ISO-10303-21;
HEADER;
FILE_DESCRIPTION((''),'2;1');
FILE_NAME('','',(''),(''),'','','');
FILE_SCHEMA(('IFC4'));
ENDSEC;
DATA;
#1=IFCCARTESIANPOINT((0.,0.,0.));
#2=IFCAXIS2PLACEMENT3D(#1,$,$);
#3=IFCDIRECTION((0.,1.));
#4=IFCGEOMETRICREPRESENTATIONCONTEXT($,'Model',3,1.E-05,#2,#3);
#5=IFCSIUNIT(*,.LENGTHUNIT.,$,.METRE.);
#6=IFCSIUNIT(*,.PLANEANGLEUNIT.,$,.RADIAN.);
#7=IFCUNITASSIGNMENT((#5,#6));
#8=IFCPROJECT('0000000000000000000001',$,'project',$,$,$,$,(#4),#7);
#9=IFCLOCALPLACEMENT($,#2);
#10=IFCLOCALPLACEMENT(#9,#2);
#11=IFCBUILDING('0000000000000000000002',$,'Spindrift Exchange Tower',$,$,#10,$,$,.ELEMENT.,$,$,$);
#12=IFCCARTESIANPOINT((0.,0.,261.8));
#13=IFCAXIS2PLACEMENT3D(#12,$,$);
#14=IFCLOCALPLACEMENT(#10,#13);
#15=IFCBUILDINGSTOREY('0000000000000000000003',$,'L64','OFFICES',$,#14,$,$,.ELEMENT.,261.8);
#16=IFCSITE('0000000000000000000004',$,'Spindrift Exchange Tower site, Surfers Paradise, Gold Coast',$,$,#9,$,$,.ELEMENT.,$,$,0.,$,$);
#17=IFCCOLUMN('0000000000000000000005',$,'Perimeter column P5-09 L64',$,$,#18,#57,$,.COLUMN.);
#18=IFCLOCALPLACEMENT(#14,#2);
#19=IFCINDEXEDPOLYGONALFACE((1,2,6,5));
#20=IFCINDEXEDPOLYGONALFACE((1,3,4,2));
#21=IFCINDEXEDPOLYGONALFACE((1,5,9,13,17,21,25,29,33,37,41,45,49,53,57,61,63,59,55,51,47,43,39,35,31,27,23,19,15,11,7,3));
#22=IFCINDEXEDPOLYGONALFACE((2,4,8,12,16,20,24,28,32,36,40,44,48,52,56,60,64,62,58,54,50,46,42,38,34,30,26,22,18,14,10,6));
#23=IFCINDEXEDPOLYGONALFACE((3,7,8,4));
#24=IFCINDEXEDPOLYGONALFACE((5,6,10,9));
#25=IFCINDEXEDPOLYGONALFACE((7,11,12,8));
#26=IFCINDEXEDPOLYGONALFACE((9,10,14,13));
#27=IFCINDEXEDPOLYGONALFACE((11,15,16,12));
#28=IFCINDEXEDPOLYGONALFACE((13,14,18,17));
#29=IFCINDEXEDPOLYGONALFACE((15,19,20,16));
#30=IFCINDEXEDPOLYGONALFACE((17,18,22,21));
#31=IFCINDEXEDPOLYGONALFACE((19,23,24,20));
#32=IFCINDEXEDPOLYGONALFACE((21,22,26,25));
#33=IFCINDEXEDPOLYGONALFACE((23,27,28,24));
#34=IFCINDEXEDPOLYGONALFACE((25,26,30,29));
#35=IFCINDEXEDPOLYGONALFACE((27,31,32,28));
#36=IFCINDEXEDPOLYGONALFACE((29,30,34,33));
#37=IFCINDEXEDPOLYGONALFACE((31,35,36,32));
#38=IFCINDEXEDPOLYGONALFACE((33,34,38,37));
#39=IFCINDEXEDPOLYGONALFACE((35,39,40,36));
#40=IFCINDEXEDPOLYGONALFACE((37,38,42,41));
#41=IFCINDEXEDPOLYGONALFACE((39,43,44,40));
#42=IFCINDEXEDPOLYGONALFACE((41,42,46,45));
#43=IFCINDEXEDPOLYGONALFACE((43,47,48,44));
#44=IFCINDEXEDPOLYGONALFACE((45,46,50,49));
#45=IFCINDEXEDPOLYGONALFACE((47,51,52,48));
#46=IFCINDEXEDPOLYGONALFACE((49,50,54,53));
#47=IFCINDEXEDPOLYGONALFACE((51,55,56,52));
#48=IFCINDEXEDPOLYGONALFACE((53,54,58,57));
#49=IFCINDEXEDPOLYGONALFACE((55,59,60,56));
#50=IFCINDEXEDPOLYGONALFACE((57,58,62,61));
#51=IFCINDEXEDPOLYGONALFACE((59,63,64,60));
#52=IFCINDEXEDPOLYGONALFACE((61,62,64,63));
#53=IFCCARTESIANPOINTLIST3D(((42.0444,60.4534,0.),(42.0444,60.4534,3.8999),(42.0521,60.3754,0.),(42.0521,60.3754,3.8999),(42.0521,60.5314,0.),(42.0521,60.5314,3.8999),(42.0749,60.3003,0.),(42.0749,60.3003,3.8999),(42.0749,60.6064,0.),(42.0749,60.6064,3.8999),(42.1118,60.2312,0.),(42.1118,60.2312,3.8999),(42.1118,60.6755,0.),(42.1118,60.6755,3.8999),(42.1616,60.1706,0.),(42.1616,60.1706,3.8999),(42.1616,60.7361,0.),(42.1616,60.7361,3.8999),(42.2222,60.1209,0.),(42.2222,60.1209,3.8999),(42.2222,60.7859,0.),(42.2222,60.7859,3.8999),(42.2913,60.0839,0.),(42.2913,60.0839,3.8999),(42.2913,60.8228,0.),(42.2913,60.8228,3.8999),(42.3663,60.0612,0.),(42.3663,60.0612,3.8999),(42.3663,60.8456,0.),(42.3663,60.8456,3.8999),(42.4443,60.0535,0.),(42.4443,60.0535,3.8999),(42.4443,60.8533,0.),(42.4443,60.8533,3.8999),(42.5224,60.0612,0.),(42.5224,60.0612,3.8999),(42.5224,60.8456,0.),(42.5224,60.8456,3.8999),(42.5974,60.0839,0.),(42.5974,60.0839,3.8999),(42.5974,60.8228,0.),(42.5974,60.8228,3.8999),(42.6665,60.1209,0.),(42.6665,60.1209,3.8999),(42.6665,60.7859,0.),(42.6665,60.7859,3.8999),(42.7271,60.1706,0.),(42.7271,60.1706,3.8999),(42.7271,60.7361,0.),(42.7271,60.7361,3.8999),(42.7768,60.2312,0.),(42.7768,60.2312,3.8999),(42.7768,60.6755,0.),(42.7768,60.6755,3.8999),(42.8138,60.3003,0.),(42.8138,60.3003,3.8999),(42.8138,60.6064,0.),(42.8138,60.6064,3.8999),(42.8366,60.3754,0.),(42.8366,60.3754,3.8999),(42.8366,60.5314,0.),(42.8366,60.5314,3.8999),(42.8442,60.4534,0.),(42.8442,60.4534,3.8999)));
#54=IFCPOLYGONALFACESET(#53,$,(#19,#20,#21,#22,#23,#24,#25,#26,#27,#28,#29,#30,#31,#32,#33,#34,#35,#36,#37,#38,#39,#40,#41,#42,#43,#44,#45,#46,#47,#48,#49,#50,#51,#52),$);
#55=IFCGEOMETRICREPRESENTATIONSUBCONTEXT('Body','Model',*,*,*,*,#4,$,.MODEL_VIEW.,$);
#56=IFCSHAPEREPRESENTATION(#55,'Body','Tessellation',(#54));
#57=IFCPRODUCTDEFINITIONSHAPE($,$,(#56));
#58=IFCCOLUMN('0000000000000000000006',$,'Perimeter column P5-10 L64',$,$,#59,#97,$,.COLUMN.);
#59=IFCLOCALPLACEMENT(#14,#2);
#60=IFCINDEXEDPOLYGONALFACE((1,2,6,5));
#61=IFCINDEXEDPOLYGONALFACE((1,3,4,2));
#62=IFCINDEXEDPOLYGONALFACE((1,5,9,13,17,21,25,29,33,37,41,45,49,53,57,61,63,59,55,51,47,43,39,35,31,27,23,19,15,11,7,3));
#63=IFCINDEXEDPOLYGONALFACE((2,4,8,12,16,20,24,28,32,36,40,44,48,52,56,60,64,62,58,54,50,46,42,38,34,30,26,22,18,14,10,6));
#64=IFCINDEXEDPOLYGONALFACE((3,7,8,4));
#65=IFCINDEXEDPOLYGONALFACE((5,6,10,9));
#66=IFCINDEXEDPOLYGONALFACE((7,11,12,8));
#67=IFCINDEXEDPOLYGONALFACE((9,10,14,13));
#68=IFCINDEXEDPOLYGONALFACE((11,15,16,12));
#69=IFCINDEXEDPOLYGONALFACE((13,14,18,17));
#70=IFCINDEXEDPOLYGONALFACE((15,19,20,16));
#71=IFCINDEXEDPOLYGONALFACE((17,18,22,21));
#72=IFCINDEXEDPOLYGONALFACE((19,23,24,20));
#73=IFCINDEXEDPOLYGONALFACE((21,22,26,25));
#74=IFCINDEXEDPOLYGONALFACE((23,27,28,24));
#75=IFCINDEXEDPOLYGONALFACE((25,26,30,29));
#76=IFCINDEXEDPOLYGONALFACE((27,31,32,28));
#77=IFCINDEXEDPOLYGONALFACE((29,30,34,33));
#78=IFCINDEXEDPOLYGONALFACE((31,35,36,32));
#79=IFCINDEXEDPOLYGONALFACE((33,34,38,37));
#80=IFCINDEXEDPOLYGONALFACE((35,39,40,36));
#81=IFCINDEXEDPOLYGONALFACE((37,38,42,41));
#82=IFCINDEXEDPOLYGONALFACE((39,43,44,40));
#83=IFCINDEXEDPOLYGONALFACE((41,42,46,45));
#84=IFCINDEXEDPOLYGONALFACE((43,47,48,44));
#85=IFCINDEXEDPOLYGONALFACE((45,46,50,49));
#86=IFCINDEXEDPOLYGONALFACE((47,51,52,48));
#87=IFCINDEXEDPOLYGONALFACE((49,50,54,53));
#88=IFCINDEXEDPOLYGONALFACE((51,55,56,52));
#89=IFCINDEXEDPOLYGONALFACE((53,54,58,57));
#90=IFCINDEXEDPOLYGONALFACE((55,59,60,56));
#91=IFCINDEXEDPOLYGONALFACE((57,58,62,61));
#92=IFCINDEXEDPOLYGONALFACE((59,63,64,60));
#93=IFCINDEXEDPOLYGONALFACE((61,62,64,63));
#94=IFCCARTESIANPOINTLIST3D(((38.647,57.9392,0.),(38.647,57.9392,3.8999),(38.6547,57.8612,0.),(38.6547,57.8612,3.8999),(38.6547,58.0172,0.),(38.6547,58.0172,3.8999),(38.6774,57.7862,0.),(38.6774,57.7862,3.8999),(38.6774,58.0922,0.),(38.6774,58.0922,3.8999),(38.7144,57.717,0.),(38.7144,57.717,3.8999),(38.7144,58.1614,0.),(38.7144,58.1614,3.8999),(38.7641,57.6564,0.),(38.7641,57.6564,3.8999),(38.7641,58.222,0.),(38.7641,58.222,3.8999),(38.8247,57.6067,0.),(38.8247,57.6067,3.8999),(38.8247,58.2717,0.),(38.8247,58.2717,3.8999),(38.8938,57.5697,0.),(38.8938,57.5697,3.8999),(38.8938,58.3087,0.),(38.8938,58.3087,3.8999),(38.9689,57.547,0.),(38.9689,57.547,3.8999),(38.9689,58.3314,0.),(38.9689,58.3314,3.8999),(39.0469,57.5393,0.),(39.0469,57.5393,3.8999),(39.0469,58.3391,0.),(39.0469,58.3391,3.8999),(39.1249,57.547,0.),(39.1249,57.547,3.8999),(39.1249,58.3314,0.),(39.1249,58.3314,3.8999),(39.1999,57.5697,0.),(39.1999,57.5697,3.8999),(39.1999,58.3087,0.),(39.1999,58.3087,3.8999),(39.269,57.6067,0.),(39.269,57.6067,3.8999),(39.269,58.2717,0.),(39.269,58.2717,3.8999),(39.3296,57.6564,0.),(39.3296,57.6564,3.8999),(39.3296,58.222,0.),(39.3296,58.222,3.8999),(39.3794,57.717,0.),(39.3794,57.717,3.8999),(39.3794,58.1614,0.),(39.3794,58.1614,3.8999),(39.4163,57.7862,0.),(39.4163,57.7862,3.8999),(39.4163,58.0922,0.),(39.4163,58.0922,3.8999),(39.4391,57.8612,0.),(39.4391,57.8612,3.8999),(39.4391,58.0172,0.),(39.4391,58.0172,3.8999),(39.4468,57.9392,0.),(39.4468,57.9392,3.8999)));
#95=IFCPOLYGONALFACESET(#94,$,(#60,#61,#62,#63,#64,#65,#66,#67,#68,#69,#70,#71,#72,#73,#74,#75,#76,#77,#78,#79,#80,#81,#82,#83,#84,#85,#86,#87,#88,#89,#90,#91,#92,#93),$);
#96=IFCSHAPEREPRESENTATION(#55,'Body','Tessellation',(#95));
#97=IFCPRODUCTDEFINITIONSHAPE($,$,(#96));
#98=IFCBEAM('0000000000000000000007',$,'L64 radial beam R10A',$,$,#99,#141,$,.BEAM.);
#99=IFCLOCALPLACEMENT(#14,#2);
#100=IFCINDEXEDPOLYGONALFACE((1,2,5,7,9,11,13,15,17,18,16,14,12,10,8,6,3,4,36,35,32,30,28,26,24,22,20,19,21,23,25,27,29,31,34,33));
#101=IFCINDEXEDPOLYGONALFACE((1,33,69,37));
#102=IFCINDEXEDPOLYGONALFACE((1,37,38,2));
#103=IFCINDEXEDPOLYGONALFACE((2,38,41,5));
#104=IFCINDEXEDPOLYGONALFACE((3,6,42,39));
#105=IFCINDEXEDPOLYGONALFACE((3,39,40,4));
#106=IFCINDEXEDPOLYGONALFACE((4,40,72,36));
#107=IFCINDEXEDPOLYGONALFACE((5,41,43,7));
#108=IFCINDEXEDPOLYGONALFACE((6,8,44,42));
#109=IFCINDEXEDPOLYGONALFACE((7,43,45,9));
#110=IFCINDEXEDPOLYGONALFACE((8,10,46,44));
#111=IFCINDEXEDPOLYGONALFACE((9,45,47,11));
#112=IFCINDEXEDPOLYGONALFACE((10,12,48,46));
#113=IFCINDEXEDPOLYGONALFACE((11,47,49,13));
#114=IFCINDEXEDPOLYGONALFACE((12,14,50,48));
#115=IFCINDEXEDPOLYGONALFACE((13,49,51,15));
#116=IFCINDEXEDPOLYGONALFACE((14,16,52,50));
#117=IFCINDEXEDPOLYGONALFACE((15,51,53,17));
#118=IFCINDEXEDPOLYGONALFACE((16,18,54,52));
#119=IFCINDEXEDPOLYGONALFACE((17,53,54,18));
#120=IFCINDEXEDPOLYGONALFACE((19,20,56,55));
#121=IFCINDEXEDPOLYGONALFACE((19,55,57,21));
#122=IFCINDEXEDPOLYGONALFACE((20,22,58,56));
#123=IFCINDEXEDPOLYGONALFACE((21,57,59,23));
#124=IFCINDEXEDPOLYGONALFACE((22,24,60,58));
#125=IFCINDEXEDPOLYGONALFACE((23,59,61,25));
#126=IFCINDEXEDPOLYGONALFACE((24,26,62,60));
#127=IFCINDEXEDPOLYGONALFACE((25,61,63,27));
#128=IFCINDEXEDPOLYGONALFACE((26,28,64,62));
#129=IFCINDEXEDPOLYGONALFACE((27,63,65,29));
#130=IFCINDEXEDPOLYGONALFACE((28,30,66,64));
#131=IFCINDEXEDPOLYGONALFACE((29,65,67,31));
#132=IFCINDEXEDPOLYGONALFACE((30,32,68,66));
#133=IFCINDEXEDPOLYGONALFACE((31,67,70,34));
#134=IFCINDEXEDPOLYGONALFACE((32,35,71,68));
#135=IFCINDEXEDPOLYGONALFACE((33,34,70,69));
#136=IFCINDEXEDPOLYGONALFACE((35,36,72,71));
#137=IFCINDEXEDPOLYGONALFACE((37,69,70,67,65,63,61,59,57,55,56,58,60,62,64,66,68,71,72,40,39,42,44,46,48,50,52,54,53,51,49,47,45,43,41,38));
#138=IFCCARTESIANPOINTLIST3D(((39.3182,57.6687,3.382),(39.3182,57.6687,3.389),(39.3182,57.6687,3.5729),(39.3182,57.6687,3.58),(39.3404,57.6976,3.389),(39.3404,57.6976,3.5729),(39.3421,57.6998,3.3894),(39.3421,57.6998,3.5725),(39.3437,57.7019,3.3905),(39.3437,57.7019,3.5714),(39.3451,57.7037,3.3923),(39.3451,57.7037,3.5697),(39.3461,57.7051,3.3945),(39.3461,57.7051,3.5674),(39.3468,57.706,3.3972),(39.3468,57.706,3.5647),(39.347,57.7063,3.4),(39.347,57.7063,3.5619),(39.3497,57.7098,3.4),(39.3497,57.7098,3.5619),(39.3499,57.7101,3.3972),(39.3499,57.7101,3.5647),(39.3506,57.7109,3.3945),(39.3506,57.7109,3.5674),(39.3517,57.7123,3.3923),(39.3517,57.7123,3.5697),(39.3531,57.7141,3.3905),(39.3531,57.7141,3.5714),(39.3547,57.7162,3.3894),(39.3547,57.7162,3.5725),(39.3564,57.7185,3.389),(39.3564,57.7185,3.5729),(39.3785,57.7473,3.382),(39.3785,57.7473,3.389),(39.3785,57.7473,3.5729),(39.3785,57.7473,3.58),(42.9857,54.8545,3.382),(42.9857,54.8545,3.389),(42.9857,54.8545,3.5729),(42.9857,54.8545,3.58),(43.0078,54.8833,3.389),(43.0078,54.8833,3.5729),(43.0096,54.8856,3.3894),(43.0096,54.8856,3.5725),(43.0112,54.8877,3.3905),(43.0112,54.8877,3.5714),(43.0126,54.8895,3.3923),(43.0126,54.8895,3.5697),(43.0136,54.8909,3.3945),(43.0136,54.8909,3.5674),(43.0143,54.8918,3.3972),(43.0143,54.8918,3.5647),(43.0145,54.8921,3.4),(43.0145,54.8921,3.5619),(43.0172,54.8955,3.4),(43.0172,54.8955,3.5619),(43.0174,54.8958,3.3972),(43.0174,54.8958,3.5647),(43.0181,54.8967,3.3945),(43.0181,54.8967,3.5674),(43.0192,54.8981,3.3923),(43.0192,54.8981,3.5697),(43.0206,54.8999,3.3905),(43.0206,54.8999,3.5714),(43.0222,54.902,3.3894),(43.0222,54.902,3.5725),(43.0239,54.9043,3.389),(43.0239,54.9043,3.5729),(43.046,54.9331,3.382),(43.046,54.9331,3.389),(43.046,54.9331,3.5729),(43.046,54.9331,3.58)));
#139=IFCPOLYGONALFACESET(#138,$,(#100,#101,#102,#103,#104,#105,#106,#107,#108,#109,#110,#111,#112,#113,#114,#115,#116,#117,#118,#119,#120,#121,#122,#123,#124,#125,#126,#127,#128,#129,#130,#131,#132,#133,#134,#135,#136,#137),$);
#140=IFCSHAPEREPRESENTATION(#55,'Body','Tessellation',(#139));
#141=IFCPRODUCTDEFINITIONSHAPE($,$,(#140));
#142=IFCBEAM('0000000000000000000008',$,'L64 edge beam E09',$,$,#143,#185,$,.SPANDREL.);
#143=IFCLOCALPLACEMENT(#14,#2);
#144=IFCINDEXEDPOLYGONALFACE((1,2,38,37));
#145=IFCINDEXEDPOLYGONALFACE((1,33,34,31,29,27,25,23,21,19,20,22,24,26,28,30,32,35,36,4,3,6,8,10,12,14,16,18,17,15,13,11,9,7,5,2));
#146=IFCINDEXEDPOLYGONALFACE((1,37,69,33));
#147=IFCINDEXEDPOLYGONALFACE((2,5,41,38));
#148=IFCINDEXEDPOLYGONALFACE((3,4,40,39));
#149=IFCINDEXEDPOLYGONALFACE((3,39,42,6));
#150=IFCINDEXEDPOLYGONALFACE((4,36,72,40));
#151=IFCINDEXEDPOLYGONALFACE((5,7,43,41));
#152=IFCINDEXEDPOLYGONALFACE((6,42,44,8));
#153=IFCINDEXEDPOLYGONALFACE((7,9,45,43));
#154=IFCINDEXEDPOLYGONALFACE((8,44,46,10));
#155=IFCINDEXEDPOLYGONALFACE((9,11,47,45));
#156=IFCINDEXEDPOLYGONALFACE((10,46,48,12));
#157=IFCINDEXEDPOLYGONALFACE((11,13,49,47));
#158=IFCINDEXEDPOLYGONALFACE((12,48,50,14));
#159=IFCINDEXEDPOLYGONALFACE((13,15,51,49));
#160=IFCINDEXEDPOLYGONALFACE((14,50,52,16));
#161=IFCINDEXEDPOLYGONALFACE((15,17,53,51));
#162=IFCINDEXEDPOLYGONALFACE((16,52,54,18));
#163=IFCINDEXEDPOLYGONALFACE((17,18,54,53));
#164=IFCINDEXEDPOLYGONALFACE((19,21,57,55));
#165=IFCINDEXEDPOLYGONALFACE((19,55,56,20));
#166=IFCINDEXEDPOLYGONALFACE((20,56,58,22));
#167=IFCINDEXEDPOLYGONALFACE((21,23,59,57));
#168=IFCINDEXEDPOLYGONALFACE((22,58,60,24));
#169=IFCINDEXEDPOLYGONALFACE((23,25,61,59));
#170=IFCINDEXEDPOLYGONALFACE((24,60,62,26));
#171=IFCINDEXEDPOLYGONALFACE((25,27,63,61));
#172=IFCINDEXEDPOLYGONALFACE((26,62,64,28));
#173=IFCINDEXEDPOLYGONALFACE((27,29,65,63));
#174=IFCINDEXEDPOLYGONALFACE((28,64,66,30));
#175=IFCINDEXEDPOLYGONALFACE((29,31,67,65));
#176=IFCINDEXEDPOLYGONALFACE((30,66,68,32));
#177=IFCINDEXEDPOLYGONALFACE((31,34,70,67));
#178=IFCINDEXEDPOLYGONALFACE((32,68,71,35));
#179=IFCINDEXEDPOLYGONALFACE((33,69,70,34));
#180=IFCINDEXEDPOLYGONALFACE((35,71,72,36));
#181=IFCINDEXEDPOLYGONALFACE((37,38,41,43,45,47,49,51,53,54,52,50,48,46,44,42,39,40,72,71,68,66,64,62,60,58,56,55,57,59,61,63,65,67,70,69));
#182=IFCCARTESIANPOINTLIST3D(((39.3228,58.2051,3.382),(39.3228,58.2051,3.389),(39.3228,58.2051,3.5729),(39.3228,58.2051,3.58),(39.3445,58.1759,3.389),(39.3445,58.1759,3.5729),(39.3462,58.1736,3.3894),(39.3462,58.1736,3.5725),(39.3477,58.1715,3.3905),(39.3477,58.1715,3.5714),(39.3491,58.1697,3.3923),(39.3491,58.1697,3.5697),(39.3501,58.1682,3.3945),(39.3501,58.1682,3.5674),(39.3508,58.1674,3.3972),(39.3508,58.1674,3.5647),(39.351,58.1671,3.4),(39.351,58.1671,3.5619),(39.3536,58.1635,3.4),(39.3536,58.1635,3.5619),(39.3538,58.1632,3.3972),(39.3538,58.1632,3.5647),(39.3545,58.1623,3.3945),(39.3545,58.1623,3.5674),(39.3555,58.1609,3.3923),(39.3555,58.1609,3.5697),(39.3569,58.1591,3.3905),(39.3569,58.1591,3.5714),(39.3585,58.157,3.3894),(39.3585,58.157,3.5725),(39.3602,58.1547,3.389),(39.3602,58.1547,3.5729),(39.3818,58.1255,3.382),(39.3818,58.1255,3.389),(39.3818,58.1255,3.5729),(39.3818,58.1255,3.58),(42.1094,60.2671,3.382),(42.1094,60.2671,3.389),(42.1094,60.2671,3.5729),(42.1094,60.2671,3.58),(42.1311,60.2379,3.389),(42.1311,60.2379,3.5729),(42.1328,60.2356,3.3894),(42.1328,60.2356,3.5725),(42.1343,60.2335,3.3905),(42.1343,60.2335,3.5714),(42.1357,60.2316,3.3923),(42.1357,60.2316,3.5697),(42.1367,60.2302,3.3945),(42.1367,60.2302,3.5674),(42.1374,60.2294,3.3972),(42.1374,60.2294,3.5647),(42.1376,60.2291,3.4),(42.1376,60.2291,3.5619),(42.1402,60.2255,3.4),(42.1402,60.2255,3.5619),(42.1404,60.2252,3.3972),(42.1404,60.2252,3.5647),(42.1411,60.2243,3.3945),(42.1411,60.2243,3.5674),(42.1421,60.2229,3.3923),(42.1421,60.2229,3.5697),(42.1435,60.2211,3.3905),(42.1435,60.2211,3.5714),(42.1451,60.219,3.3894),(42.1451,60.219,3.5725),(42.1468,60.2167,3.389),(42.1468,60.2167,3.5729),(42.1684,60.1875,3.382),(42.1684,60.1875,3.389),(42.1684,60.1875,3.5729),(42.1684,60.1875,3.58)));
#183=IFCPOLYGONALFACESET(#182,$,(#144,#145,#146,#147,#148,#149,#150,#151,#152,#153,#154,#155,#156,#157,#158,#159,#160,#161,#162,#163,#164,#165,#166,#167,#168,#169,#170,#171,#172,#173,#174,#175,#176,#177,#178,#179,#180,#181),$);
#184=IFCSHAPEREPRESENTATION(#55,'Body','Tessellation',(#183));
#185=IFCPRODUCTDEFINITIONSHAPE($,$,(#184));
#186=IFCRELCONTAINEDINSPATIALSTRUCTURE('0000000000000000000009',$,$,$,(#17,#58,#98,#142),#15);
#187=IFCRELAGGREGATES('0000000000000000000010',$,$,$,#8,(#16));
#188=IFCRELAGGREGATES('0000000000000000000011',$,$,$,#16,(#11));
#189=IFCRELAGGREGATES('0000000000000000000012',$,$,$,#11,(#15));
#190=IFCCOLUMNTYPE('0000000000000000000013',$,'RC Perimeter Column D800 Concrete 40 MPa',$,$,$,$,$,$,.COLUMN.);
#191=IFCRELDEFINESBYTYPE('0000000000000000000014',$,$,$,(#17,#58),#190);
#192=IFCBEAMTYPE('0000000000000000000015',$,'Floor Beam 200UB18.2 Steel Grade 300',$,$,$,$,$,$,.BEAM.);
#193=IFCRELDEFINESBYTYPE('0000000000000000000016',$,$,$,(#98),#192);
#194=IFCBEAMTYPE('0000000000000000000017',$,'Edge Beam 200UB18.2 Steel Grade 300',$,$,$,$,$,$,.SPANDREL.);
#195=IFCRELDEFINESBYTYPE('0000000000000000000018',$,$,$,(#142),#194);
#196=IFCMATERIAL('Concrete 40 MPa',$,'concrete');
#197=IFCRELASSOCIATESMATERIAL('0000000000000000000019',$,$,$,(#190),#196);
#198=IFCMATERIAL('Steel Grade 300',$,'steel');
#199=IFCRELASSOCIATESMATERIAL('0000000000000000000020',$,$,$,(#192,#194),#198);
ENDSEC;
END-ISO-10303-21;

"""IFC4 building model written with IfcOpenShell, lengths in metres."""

from ifc_helpers import new_model, si_unit, direction, frame, origin, origin_2d, place, context, subcontext, project, spatial, circle, i_section, extrude, source, transform, mapped, material, material_profile, profile_set, type_object, element, save


model = new_model("IFC4")

# Units and contexts
model_context = context("Model", 3, precision=1e-05, world=origin(), true_north=direction((0.0, 1.0)))
body_context = subcontext(model_context, "Body", "Model", "MODEL_VIEW")
ifc_project = project(units=[si_unit("LENGTHUNIT", "METRE"), si_unit("PLANEANGLEUNIT", "RADIAN")], contexts=[model_context])

# Site, building, storey
site_placement = place(None, origin())
site = spatial("IfcSite", under=ifc_project, at=site_placement, Name="Spindrift Exchange Tower site, Surfers Paradise, Gold Coast", CompositionType="ELEMENT", RefElevation=0.0)
building_placement = place(site_placement, origin())
building = spatial("IfcBuilding", under=site, at=building_placement, Name="Spindrift Exchange Tower", CompositionType="ELEMENT")
storey_placement = place(building_placement, frame((0.0, 0.0, 261.8)))
storey = spatial("IfcBuildingStorey", under=building, at=storey_placement, Name="L64", Description="OFFICES", CompositionType="ELEMENT", Elevation=261.8)

# Columns
ifc_material_1 = material(Name="Concrete 40 MPa", Category="concrete")
ifc_material_profile_1 = material_profile(ifc_material_1, circle(Radius=0.3999, at=origin_2d()), Name="RC D800")
ifc_profile_set_1 = profile_set([ifc_material_profile_1], Name="Concrete 40 MPa")
column_type = type_object("IfcColumnType", Name="RC Perimeter Column D800 Concrete 40 MPa", PredefinedType="COLUMN", material=ifc_profile_set_1)
shared_shape_1 = source(origin(), body_context, "Body", "SweptSolid", [
    extrude(circle(Radius=0.3999, at=origin_2d()), origin(), (0.0, 0.0, 1.0), 3.8999),
])
for number, where, z_axis, x_axis, name in (
    (1, (42.4443, 60.4534, 0.0), (0.0, 0.0, 1.0), (1.0, 0.0, 0.0), "Perimeter column P5-09 L64"),
    (2, (39.0469, 57.9392, 0.0), (0.0, 0.0, 1.0), (1.0, 0.0, 0.0), "Perimeter column P5-10 L64"),
):
    element("IfcColumn", number, at=place(storey_placement, frame(where, z_axis=z_axis, x_axis=x_axis)), inside=storey, type_object=column_type, Name=name, PredefinedType="COLUMN", context=body_context, shape_type="MappedRepresentation", body=[
        mapped(shared_shape_1, transform((0.0, 0.0, 0.0), scale=1.0)),
    ])

# Beams
ifc_material_2 = material(Name="Steel Grade 300", Category="steel")
ifc_material_profile_2 = material_profile(ifc_material_2, i_section(OverallWidth=0.0991, OverallDepth=0.198, WebThickness=0.0044, FlangeThickness=0.0071, FilletRadius=0.011, at=origin_2d()), Name="200UB18.2")
ifc_profile_set_2 = profile_set([ifc_material_profile_2], Name="Steel Grade 300")
beam_type_1 = type_object("IfcBeamType", Name="Floor Beam 200UB18.2 Steel Grade 300", PredefinedType="BEAM", material=ifc_profile_set_2)
shared_shape_2 = source(origin(), body_context, "Body", "SweptSolid", [
    extrude(i_section(OverallWidth=0.0991, OverallDepth=0.198, WebThickness=0.0044, FlangeThickness=0.0071, FilletRadius=0.011, at=origin_2d()), origin(), (0.0, 0.0, 1.0), 4.6228),
])
beam_1_placement = place(storey_placement, frame((43.0159, 54.8938, 3.481), z_axis=(-0.793348, 0.608769, 0.0), x_axis=(-0.608769, -0.793348, 0.0)))
element("IfcBeam", 3, at=beam_1_placement, inside=storey, type_object=beam_type_1, Name="L64 radial beam R10A", PredefinedType="BEAM", context=body_context, shape_type="MappedRepresentation", body=[
    mapped(shared_shape_2, transform((0.0, 0.0, 0.0), scale=1.0)),
])
ifc_material_profile_3 = material_profile(ifc_material_2, i_section(OverallWidth=0.0991, OverallDepth=0.198, WebThickness=0.0044, FlangeThickness=0.0071, FilletRadius=0.011, at=origin_2d()), Name="200UB18.2")
ifc_profile_set_3 = profile_set([ifc_material_profile_3], Name="Steel Grade 300")
beam_type_2 = type_object("IfcBeamType", Name="Edge Beam 200UB18.2 Steel Grade 300", PredefinedType="SPANDREL", material=ifc_profile_set_3)
shared_shape_3 = source(origin(), body_context, "Body", "SweptSolid", [
    extrude(i_section(OverallWidth=0.0991, OverallDepth=0.198, WebThickness=0.0044, FlangeThickness=0.0071, FilletRadius=0.011, at=origin_2d()), origin(), (0.0, 0.0, 1.0), 3.4666),
])
beam_2_placement = place(storey_placement, frame((42.1389, 60.2273, 3.481), z_axis=(-0.803854, -0.594827, 0.0), x_axis=(0.594827, -0.803854, 0.0)))
element("IfcBeam", 4, at=beam_2_placement, inside=storey, type_object=beam_type_2, Name="L64 edge beam E09", PredefinedType="SPANDREL", context=body_context, shape_type="MappedRepresentation", body=[
    mapped(shared_shape_3, transform((0.0, 0.0, 0.0), scale=1.0)),
])

save(model, "model.ifc")
